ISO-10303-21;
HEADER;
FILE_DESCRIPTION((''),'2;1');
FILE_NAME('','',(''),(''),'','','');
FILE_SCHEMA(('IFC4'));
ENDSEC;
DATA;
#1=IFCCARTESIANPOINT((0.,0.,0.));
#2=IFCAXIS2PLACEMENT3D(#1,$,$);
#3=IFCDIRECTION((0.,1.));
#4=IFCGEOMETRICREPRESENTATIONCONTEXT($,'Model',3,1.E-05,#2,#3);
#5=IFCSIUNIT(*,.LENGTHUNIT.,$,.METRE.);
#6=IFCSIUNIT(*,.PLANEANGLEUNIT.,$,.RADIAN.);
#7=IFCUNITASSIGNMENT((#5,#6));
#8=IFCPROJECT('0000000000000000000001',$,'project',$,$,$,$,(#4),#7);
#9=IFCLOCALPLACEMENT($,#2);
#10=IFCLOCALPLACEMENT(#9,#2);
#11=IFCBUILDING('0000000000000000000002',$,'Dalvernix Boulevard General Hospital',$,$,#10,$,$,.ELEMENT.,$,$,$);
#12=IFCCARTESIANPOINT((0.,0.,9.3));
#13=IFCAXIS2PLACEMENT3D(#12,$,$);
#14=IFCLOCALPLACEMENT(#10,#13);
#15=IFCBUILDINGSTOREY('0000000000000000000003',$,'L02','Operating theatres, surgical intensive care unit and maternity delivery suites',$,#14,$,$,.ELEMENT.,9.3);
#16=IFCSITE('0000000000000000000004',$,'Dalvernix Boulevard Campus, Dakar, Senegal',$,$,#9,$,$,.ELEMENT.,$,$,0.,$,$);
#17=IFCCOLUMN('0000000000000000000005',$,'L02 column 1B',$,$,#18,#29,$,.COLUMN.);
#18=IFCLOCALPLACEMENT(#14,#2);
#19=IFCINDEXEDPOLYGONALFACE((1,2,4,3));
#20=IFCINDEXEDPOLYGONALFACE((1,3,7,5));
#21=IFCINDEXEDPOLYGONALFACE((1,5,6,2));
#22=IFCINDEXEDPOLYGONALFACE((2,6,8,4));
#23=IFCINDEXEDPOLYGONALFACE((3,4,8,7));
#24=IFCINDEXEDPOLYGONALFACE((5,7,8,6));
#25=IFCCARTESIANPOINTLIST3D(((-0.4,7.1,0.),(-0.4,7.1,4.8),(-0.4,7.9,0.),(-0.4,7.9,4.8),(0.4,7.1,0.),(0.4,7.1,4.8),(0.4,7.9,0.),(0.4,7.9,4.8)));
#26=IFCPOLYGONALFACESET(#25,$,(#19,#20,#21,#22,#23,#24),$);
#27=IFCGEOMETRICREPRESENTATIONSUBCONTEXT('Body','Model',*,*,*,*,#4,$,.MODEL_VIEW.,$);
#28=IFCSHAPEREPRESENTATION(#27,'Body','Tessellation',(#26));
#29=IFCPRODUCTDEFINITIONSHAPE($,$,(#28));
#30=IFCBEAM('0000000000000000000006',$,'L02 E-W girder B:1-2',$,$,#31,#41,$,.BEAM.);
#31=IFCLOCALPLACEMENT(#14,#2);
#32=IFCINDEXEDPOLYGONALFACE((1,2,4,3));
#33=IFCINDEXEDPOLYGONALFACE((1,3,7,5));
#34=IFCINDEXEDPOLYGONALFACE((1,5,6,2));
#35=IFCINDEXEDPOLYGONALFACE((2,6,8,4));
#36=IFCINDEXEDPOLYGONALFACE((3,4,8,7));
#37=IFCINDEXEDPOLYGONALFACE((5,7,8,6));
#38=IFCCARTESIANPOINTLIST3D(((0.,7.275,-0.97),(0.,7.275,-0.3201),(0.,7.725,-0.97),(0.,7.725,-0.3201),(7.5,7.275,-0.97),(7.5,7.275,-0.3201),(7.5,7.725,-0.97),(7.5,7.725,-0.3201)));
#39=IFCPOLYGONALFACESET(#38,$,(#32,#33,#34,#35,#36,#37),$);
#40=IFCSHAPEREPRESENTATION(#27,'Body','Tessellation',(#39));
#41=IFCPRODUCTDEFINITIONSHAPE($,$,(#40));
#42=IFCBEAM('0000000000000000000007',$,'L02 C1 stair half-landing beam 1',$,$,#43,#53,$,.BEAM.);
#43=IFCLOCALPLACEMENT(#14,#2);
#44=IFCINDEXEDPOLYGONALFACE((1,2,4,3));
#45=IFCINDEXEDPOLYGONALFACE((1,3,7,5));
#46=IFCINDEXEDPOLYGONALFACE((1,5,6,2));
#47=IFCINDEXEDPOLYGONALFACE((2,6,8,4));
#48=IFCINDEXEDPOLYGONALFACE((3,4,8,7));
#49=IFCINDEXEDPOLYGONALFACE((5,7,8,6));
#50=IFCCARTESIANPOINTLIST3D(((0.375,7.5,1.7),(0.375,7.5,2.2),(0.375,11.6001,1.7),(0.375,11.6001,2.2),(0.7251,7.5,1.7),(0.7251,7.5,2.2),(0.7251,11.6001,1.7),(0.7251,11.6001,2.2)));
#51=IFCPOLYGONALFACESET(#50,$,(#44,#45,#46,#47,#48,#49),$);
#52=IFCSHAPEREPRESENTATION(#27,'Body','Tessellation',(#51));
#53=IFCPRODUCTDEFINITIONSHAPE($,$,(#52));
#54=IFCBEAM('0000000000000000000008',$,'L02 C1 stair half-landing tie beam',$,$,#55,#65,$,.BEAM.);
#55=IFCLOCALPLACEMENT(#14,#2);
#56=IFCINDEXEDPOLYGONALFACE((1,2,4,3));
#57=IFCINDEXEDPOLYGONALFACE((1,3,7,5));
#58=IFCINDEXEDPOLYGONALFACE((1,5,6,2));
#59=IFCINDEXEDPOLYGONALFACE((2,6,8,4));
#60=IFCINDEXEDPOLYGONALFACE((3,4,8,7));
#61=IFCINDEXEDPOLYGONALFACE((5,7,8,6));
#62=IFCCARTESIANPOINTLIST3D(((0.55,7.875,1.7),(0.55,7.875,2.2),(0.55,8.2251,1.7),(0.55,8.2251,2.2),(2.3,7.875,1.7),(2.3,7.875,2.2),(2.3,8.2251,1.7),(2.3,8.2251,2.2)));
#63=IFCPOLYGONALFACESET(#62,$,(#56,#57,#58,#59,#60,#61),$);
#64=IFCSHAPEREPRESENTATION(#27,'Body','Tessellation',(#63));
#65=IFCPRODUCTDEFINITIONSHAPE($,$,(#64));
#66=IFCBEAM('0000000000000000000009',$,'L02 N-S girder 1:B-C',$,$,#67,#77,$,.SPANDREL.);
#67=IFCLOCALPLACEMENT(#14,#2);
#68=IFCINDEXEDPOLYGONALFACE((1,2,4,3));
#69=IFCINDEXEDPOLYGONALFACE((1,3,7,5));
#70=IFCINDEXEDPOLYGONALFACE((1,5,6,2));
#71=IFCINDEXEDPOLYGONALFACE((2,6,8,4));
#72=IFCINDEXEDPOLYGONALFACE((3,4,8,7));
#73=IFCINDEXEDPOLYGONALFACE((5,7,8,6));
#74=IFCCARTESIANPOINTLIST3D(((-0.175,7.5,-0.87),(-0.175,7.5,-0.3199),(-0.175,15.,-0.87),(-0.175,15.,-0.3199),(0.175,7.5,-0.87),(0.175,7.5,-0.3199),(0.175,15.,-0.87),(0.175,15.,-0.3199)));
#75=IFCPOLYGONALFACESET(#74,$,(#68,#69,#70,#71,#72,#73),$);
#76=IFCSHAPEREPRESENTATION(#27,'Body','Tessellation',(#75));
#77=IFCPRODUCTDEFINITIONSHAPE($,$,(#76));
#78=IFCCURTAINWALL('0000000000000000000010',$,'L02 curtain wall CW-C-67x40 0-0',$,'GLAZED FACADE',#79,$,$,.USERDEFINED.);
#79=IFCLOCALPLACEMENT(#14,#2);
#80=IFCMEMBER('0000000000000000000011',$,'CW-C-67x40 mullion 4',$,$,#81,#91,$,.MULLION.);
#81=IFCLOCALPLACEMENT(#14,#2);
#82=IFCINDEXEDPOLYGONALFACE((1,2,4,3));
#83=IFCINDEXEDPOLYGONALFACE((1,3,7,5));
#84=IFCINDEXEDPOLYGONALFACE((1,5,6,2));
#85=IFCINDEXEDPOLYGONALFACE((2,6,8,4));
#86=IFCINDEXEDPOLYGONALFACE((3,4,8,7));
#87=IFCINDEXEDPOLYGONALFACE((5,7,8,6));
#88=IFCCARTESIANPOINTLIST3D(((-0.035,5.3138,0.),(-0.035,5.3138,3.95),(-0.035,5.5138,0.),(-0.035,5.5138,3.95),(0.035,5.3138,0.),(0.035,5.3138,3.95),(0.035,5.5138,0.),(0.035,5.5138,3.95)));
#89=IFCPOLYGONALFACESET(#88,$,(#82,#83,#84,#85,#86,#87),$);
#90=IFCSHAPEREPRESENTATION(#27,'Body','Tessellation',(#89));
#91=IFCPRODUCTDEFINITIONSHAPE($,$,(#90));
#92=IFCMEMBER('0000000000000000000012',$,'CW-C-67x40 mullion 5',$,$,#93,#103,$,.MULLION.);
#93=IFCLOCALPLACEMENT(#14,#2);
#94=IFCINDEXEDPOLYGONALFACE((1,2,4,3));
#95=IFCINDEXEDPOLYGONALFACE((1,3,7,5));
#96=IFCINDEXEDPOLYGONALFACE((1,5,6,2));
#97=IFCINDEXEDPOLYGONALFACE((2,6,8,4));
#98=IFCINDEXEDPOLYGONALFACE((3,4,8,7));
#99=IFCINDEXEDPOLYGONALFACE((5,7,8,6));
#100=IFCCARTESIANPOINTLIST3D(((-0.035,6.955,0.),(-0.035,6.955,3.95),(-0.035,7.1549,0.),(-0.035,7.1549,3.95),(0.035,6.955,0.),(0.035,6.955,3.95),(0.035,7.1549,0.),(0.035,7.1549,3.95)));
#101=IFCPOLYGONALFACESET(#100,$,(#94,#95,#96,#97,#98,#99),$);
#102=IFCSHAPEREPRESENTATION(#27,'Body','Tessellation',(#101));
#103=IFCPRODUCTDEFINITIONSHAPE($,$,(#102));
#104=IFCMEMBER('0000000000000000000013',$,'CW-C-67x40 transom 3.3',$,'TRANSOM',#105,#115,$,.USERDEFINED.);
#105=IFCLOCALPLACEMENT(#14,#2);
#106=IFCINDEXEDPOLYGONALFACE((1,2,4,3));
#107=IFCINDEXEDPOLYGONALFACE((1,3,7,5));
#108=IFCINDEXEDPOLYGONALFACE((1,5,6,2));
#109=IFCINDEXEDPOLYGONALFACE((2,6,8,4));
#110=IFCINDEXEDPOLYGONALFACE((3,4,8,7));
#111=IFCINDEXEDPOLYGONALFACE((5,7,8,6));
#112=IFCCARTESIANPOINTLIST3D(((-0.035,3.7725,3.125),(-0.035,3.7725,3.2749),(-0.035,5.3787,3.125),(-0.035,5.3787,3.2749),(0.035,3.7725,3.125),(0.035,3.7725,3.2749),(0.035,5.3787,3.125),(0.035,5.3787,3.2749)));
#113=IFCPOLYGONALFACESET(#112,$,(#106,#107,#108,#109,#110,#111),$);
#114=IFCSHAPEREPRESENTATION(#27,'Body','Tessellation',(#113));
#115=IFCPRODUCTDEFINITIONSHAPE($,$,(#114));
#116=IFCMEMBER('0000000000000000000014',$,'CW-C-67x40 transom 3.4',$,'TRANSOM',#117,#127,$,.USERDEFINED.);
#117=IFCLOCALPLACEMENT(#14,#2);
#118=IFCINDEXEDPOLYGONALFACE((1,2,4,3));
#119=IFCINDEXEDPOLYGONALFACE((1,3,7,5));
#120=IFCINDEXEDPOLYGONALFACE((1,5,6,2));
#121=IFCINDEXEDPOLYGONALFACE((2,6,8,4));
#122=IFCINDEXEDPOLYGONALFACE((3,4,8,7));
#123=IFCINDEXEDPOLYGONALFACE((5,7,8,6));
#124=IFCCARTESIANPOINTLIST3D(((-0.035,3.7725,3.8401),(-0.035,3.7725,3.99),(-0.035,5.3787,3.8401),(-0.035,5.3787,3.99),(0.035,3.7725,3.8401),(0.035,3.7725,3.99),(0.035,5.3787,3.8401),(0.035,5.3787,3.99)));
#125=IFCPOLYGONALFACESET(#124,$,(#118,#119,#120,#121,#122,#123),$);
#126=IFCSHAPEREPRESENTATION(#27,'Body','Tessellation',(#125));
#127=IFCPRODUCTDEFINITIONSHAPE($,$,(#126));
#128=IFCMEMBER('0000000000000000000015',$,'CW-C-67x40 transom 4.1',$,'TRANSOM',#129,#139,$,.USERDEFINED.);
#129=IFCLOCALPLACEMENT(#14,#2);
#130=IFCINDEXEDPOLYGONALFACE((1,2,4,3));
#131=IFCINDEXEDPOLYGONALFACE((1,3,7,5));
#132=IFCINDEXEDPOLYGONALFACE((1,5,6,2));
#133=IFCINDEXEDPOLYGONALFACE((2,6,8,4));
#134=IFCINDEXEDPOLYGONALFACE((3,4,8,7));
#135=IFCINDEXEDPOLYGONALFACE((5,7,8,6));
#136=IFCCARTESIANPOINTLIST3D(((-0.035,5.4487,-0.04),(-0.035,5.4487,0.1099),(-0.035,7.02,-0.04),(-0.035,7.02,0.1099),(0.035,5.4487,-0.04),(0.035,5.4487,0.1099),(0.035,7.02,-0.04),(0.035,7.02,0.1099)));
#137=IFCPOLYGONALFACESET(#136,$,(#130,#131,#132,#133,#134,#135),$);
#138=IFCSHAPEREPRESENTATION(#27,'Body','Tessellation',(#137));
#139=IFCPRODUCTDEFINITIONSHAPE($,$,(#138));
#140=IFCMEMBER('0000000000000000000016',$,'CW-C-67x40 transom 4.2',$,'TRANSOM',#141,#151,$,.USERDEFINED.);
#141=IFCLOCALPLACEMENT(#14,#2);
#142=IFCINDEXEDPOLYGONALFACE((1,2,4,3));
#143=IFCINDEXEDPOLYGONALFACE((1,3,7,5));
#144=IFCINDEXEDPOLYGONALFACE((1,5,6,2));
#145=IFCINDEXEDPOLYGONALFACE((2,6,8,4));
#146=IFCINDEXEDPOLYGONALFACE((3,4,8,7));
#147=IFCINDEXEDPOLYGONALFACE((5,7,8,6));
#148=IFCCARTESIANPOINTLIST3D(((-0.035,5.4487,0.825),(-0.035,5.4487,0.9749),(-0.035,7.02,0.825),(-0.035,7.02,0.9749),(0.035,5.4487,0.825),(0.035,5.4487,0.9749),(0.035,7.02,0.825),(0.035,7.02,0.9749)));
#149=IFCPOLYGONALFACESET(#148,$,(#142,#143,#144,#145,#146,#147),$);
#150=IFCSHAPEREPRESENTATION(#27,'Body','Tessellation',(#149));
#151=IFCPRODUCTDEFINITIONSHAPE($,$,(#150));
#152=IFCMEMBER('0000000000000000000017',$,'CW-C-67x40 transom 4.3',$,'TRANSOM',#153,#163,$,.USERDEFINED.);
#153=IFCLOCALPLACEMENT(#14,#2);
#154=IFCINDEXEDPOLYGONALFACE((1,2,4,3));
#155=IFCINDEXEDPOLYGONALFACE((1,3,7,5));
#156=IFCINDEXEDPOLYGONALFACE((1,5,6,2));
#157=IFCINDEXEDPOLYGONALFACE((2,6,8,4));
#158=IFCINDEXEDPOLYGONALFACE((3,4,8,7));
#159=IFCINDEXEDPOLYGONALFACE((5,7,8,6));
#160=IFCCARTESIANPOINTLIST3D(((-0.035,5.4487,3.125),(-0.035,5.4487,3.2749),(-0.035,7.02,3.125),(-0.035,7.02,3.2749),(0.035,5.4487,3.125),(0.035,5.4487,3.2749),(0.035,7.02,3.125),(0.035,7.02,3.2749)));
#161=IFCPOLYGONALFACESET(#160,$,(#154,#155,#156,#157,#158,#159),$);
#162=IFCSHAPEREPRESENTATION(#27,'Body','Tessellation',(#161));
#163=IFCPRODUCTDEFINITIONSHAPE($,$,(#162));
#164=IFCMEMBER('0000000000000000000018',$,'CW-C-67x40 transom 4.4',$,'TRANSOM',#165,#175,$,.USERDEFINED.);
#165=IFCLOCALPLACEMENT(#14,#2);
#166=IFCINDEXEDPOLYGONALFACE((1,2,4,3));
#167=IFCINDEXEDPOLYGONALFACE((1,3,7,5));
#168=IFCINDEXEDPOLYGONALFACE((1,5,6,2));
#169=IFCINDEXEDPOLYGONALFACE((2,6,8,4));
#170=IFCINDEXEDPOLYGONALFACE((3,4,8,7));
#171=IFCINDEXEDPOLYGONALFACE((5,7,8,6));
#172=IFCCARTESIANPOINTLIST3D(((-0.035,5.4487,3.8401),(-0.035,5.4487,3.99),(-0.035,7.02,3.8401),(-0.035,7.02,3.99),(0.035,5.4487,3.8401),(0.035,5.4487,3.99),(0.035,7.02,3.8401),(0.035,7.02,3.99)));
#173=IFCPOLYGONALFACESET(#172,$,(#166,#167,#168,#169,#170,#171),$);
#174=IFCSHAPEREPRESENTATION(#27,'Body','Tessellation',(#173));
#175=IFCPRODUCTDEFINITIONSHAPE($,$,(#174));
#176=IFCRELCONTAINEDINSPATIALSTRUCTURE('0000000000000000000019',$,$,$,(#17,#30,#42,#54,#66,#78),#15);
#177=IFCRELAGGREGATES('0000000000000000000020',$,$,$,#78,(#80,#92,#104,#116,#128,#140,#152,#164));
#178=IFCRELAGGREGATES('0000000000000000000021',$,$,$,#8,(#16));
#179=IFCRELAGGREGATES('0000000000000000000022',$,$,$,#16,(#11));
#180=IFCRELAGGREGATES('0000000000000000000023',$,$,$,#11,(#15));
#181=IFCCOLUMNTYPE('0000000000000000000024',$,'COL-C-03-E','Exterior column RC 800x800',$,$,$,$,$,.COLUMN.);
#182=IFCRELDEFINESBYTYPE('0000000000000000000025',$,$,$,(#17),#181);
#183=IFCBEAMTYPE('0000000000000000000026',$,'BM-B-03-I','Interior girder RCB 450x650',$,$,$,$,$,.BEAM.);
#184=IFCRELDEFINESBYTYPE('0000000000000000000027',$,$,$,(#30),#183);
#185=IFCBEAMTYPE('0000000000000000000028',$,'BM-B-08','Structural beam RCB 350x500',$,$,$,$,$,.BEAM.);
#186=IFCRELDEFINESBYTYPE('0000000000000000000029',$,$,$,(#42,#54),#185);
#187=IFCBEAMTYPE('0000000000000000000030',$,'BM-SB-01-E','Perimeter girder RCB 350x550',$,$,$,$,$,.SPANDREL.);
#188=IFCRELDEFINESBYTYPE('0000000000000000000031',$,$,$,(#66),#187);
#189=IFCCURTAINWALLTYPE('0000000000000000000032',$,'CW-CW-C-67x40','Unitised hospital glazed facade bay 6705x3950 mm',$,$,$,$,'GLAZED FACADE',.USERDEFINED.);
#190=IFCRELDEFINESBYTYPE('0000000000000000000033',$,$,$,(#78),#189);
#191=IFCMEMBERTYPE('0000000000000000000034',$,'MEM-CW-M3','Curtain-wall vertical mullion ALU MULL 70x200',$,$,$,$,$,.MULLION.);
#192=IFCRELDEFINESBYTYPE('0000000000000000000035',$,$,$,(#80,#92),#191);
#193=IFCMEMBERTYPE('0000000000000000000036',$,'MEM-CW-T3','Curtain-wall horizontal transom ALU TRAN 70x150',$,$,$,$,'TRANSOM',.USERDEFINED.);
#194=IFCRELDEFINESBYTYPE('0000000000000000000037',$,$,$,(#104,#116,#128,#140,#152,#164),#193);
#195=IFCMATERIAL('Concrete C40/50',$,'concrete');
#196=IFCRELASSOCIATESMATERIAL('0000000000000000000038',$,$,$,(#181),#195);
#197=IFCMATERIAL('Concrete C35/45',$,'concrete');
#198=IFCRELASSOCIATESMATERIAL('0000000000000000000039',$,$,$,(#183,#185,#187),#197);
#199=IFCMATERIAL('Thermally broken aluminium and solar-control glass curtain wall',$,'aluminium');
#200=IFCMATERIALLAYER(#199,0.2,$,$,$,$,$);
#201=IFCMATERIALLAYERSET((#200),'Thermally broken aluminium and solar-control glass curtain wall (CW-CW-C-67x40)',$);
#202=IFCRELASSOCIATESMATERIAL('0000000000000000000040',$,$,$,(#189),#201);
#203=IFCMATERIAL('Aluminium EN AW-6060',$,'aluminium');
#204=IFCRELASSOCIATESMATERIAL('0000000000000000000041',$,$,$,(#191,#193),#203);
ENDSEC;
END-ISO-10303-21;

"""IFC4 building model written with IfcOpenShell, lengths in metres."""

from ifc_helpers import new_model, si_unit, direction, frame, origin, origin_2d, place, context, subcontext, project, spatial, rectangle, extrude, material, layer, layer_set, material_profile, profile_set, type_object, element, aggregate, save


model = new_model("IFC4")

# Units and contexts
model_context = context("Model", 3, precision=1e-05, world=origin(), true_north=direction((0.0, 1.0)))
body_context = subcontext(model_context, "Body", "Model", "MODEL_VIEW")
ifc_project = project(units=[si_unit("LENGTHUNIT", "METRE"), si_unit("PLANEANGLEUNIT", "RADIAN")], contexts=[model_context])

# Site, building, storey
site_placement = place(None, origin())
site = spatial("IfcSite", under=ifc_project, at=site_placement, Name="Dalvernix Boulevard Campus, Dakar, Senegal", CompositionType="ELEMENT", RefElevation=0.0)
building_placement = place(site_placement, origin())
building = spatial("IfcBuilding", under=site, at=building_placement, Name="Dalvernix Boulevard General Hospital", CompositionType="ELEMENT")
storey_placement = place(building_placement, frame((0.0, 0.0, 9.3)))
storey = spatial("IfcBuildingStorey", under=building, at=storey_placement, Name="L02", Description="Operating theatres, surgical intensive care unit and maternity delivery suites", CompositionType="ELEMENT", Elevation=9.3)

# Column
ifc_material_1 = material(Name="Concrete C40/50", Category="concrete")
ifc_material_profile_1 = material_profile(ifc_material_1, rectangle(XDim=0.8, YDim=0.8, at=origin_2d()), Name="RC 800x800")
ifc_profile_set_1 = profile_set([ifc_material_profile_1], Name="Concrete C40/50")
column_type = type_object("IfcColumnType", Name="COL-C-03-E", Description="Exterior column RC 800x800", PredefinedType="COLUMN", material=ifc_profile_set_1)
column_placement = place(storey_placement, frame((0.0, 7.5, 0.0), z_axis=(0.0, 0.0, 1.0), x_axis=(1.0, 0.0, 0.0)))
element("IfcColumn", 1, at=column_placement, inside=storey, type_object=column_type, Name="L02 column 1B", PredefinedType="COLUMN", context=body_context, shape_type="SweptSolid", body=[
    extrude(rectangle(XDim=0.8, YDim=0.8, at=origin_2d()), origin(), (0.0, 0.0, 1.0), 4.8),
])

# Beams
ifc_material_2 = material(Name="Concrete C35/45", Category="concrete")
ifc_material_profile_2 = material_profile(ifc_material_2, rectangle(XDim=0.45, YDim=0.6499, at=origin_2d()), Name="RCB 450x650")
ifc_profile_set_2 = profile_set([ifc_material_profile_2], Name="Concrete C35/45")
beam_type_1 = type_object("IfcBeamType", Name="BM-B-03-I", Description="Interior girder RCB 450x650", PredefinedType="BEAM", material=ifc_profile_set_2)
beam_1_placement = place(storey_placement, frame((0.0, 7.5, -0.645), z_axis=(1.0, 0.0, 0.0), x_axis=(0.0, 1.0, 0.0)))
element("IfcBeam", 2, at=beam_1_placement, inside=storey, type_object=beam_type_1, Name="L02 E-W girder B:1-2", PredefinedType="BEAM", context=body_context, shape_type="SweptSolid", body=[
    extrude(rectangle(XDim=0.45, YDim=0.6499, at=origin_2d()), origin(), (0.0, 0.0, 1.0), 7.5),
])
ifc_material_profile_3 = material_profile(ifc_material_2, rectangle(XDim=0.3501, YDim=0.5, at=origin_2d()), Name="RCB 350x500")
ifc_profile_set_3 = profile_set([ifc_material_profile_3], Name="Concrete C35/45")
beam_type_2 = type_object("IfcBeamType", Name="BM-B-08", Description="Structural beam RCB 350x500", PredefinedType="BEAM", material=ifc_profile_set_3)
beam_2_placement = place(storey_placement, frame((0.55, 7.5, 1.95), z_axis=(0.0, 1.0, 0.0), x_axis=(-1.0, 0.0, 0.0)))
element("IfcBeam", 3, at=beam_2_placement, inside=storey, type_object=beam_type_2, Name="L02 C1 stair half-landing beam 1", PredefinedType="BEAM", context=body_context, shape_type="SweptSolid", body=[
    extrude(rectangle(XDim=0.3501, YDim=0.5, at=origin_2d()), origin(), (0.0, 0.0, 1.0), 4.1001),
])
beam_3_placement = place(storey_placement, frame((0.55, 8.05, 1.95), z_axis=(1.0, 0.0, 0.0), x_axis=(0.0, 1.0, 0.0)))
element("IfcBeam", 4, at=beam_3_placement, inside=storey, type_object=beam_type_2, Name="L02 C1 stair half-landing tie beam", PredefinedType="BEAM", context=body_context, shape_type="SweptSolid", body=[
    extrude(rectangle(XDim=0.3501, YDim=0.5, at=origin_2d()), origin(), (0.0, 0.0, 1.0), 1.75),
])
ifc_material_profile_4 = material_profile(ifc_material_2, rectangle(XDim=0.3501, YDim=0.55, at=origin_2d()), Name="RCB 350x550")
ifc_profile_set_4 = profile_set([ifc_material_profile_4], Name="Concrete C35/45")
beam_type_3 = type_object("IfcBeamType", Name="BM-SB-01-E", Description="Perimeter girder RCB 350x550", PredefinedType="SPANDREL", material=ifc_profile_set_4)
beam_4_placement = place(storey_placement, frame((0.0, 7.5, -0.595), z_axis=(0.0, 1.0, 0.0), x_axis=(-1.0, 0.0, 0.0)))
element("IfcBeam", 5, at=beam_4_placement, inside=storey, type_object=beam_type_3, Name="L02 N-S girder 1:B-C", PredefinedType="SPANDREL", context=body_context, shape_type="SweptSolid", body=[
    extrude(rectangle(XDim=0.3501, YDim=0.55, at=origin_2d()), origin(), (0.0, 0.0, 1.0), 7.5),
])

# Curtain wall, members
ifc_material_3 = material(Name="Thermally broken aluminium and solar-control glass curtain wall", Category="aluminium")
ifc_layer_1 = layer(ifc_material_3, 0.2)
ifc_layer_set_1 = layer_set([ifc_layer_1], Name="Thermally broken aluminium and solar-control glass curtain wall (CW-CW-C-67x40)")
curtain_wall_type = type_object("IfcCurtainWallType", Name="CW-CW-C-67x40", Description="Unitised hospital glazed facade bay 6705x3950 mm", ElementType="GLAZED FACADE", PredefinedType="USERDEFINED", material=ifc_layer_set_1)
curtain_wall_placement = place(storey_placement, origin())
curtain_wall = element("IfcCurtainWall", 6, at=curtain_wall_placement, inside=storey, type_object=curtain_wall_type, Name="L02 curtain wall CW-C-67x40 0-0", ObjectType="GLAZED FACADE", PredefinedType="USERDEFINED")
ifc_material_4 = material(Name="Aluminium EN AW-6060", Category="aluminium")
ifc_material_profile_5 = material_profile(ifc_material_4, rectangle(XDim=0.0701, YDim=0.2, at=origin_2d()), Name="ALU MULL 70x200")
ifc_profile_set_5 = profile_set([ifc_material_profile_5], Name="Aluminium EN AW-6060")
member_type_1 = type_object("IfcMemberType", Name="MEM-CW-M3", Description="Curtain-wall vertical mullion ALU MULL 70x200", PredefinedType="MULLION", material=ifc_profile_set_5)
member_1_placement = place(storey_placement, frame((0.0, 5.4138, 0.0), z_axis=(0.0, 0.0, 1.0), x_axis=(-1.0, 0.0, 0.0)))
member_1 = element("IfcMember", 7, at=member_1_placement, type_object=member_type_1, Name="CW-C-67x40 mullion 4", PredefinedType="MULLION", context=body_context, shape_type="SweptSolid", body=[
    extrude(rectangle(XDim=0.0701, YDim=0.2, at=origin_2d()), origin(), (0.0, 0.0, 1.0), 3.95),
])
member_2_placement = place(storey_placement, frame((0.0, 7.0549, 0.0), z_axis=(0.0, 0.0, 1.0), x_axis=(-1.0, 0.0, 0.0)))
member_2 = element("IfcMember", 8, at=member_2_placement, type_object=member_type_1, Name="CW-C-67x40 mullion 5", PredefinedType="MULLION", context=body_context, shape_type="SweptSolid", body=[
    extrude(rectangle(XDim=0.0701, YDim=0.2, at=origin_2d()), origin(), (0.0, 0.0, 1.0), 3.95),
])
ifc_material_profile_6 = material_profile(ifc_material_4, rectangle(XDim=0.0701, YDim=0.1499, at=origin_2d()), Name="ALU TRAN 70x150")
ifc_profile_set_6 = profile_set([ifc_material_profile_6], Name="Aluminium EN AW-6060")
member_type_2 = type_object("IfcMemberType", Name="MEM-CW-T3", Description="Curtain-wall horizontal transom ALU TRAN 70x150", ElementType="TRANSOM", PredefinedType="USERDEFINED", material=ifc_profile_set_6)
member_3_placement = place(storey_placement, frame((0.0, 3.7725, 3.2), z_axis=(0.0, 1.0, 0.0), x_axis=(-1.0, 0.0, 0.0)))
member_3 = element("IfcMember", 9, at=member_3_placement, type_object=member_type_2, Name="CW-C-67x40 transom 3.3", ObjectType="TRANSOM", PredefinedType="USERDEFINED", context=body_context, shape_type="SweptSolid", body=[
    extrude(rectangle(XDim=0.0701, YDim=0.1499, at=origin_2d()), origin(), (0.0, 0.0, 1.0), 1.6062),
])
member_4_placement = place(storey_placement, frame((0.0, 3.7725, 3.915), z_axis=(0.0, 1.0, 0.0), x_axis=(-1.0, 0.0, 0.0)))
member_4 = element("IfcMember", 10, at=member_4_placement, type_object=member_type_2, Name="CW-C-67x40 transom 3.4", ObjectType="TRANSOM", PredefinedType="USERDEFINED", context=body_context, shape_type="SweptSolid", body=[
    extrude(rectangle(XDim=0.0701, YDim=0.1499, at=origin_2d()), origin(), (0.0, 0.0, 1.0), 1.6062),
])
member_5_placement = place(storey_placement, frame((0.0, 5.4487, 0.0349), z_axis=(0.0, 1.0, 0.0), x_axis=(-1.0, 0.0, 0.0)))
member_5 = element("IfcMember", 11, at=member_5_placement, type_object=member_type_2, Name="CW-C-67x40 transom 4.1", ObjectType="TRANSOM", PredefinedType="USERDEFINED", context=body_context, shape_type="SweptSolid", body=[
    extrude(rectangle(XDim=0.0701, YDim=0.1499, at=origin_2d()), origin(), (0.0, 0.0, 1.0), 1.5713),
])
member_6_placement = place(storey_placement, frame((0.0, 5.4487, 0.8999), z_axis=(0.0, 1.0, 0.0), x_axis=(-1.0, 0.0, 0.0)))
member_6 = element("IfcMember", 12, at=member_6_placement, type_object=member_type_2, Name="CW-C-67x40 transom 4.2", ObjectType="TRANSOM", PredefinedType="USERDEFINED", context=body_context, shape_type="SweptSolid", body=[
    extrude(rectangle(XDim=0.0701, YDim=0.1499, at=origin_2d()), origin(), (0.0, 0.0, 1.0), 1.5713),
])
member_7_placement = place(storey_placement, frame((0.0, 5.4487, 3.2), z_axis=(0.0, 1.0, 0.0), x_axis=(-1.0, 0.0, 0.0)))
member_7 = element("IfcMember", 13, at=member_7_placement, type_object=member_type_2, Name="CW-C-67x40 transom 4.3", ObjectType="TRANSOM", PredefinedType="USERDEFINED", context=body_context, shape_type="SweptSolid", body=[
    extrude(rectangle(XDim=0.0701, YDim=0.1499, at=origin_2d()), origin(), (0.0, 0.0, 1.0), 1.5713),
])
member_8_placement = place(storey_placement, frame((0.0, 5.4487, 3.915), z_axis=(0.0, 1.0, 0.0), x_axis=(-1.0, 0.0, 0.0)))
member_8 = element("IfcMember", 14, at=member_8_placement, type_object=member_type_2, Name="CW-C-67x40 transom 4.4", ObjectType="TRANSOM", PredefinedType="USERDEFINED", context=body_context, shape_type="SweptSolid", body=[
    extrude(rectangle(XDim=0.0701, YDim=0.1499, at=origin_2d()), origin(), (0.0, 0.0, 1.0), 1.5713),
])
aggregate(curtain_wall, [member_1, member_2, member_3, member_4, member_5, member_6, member_7, member_8])

save(model, "model.ifc")
